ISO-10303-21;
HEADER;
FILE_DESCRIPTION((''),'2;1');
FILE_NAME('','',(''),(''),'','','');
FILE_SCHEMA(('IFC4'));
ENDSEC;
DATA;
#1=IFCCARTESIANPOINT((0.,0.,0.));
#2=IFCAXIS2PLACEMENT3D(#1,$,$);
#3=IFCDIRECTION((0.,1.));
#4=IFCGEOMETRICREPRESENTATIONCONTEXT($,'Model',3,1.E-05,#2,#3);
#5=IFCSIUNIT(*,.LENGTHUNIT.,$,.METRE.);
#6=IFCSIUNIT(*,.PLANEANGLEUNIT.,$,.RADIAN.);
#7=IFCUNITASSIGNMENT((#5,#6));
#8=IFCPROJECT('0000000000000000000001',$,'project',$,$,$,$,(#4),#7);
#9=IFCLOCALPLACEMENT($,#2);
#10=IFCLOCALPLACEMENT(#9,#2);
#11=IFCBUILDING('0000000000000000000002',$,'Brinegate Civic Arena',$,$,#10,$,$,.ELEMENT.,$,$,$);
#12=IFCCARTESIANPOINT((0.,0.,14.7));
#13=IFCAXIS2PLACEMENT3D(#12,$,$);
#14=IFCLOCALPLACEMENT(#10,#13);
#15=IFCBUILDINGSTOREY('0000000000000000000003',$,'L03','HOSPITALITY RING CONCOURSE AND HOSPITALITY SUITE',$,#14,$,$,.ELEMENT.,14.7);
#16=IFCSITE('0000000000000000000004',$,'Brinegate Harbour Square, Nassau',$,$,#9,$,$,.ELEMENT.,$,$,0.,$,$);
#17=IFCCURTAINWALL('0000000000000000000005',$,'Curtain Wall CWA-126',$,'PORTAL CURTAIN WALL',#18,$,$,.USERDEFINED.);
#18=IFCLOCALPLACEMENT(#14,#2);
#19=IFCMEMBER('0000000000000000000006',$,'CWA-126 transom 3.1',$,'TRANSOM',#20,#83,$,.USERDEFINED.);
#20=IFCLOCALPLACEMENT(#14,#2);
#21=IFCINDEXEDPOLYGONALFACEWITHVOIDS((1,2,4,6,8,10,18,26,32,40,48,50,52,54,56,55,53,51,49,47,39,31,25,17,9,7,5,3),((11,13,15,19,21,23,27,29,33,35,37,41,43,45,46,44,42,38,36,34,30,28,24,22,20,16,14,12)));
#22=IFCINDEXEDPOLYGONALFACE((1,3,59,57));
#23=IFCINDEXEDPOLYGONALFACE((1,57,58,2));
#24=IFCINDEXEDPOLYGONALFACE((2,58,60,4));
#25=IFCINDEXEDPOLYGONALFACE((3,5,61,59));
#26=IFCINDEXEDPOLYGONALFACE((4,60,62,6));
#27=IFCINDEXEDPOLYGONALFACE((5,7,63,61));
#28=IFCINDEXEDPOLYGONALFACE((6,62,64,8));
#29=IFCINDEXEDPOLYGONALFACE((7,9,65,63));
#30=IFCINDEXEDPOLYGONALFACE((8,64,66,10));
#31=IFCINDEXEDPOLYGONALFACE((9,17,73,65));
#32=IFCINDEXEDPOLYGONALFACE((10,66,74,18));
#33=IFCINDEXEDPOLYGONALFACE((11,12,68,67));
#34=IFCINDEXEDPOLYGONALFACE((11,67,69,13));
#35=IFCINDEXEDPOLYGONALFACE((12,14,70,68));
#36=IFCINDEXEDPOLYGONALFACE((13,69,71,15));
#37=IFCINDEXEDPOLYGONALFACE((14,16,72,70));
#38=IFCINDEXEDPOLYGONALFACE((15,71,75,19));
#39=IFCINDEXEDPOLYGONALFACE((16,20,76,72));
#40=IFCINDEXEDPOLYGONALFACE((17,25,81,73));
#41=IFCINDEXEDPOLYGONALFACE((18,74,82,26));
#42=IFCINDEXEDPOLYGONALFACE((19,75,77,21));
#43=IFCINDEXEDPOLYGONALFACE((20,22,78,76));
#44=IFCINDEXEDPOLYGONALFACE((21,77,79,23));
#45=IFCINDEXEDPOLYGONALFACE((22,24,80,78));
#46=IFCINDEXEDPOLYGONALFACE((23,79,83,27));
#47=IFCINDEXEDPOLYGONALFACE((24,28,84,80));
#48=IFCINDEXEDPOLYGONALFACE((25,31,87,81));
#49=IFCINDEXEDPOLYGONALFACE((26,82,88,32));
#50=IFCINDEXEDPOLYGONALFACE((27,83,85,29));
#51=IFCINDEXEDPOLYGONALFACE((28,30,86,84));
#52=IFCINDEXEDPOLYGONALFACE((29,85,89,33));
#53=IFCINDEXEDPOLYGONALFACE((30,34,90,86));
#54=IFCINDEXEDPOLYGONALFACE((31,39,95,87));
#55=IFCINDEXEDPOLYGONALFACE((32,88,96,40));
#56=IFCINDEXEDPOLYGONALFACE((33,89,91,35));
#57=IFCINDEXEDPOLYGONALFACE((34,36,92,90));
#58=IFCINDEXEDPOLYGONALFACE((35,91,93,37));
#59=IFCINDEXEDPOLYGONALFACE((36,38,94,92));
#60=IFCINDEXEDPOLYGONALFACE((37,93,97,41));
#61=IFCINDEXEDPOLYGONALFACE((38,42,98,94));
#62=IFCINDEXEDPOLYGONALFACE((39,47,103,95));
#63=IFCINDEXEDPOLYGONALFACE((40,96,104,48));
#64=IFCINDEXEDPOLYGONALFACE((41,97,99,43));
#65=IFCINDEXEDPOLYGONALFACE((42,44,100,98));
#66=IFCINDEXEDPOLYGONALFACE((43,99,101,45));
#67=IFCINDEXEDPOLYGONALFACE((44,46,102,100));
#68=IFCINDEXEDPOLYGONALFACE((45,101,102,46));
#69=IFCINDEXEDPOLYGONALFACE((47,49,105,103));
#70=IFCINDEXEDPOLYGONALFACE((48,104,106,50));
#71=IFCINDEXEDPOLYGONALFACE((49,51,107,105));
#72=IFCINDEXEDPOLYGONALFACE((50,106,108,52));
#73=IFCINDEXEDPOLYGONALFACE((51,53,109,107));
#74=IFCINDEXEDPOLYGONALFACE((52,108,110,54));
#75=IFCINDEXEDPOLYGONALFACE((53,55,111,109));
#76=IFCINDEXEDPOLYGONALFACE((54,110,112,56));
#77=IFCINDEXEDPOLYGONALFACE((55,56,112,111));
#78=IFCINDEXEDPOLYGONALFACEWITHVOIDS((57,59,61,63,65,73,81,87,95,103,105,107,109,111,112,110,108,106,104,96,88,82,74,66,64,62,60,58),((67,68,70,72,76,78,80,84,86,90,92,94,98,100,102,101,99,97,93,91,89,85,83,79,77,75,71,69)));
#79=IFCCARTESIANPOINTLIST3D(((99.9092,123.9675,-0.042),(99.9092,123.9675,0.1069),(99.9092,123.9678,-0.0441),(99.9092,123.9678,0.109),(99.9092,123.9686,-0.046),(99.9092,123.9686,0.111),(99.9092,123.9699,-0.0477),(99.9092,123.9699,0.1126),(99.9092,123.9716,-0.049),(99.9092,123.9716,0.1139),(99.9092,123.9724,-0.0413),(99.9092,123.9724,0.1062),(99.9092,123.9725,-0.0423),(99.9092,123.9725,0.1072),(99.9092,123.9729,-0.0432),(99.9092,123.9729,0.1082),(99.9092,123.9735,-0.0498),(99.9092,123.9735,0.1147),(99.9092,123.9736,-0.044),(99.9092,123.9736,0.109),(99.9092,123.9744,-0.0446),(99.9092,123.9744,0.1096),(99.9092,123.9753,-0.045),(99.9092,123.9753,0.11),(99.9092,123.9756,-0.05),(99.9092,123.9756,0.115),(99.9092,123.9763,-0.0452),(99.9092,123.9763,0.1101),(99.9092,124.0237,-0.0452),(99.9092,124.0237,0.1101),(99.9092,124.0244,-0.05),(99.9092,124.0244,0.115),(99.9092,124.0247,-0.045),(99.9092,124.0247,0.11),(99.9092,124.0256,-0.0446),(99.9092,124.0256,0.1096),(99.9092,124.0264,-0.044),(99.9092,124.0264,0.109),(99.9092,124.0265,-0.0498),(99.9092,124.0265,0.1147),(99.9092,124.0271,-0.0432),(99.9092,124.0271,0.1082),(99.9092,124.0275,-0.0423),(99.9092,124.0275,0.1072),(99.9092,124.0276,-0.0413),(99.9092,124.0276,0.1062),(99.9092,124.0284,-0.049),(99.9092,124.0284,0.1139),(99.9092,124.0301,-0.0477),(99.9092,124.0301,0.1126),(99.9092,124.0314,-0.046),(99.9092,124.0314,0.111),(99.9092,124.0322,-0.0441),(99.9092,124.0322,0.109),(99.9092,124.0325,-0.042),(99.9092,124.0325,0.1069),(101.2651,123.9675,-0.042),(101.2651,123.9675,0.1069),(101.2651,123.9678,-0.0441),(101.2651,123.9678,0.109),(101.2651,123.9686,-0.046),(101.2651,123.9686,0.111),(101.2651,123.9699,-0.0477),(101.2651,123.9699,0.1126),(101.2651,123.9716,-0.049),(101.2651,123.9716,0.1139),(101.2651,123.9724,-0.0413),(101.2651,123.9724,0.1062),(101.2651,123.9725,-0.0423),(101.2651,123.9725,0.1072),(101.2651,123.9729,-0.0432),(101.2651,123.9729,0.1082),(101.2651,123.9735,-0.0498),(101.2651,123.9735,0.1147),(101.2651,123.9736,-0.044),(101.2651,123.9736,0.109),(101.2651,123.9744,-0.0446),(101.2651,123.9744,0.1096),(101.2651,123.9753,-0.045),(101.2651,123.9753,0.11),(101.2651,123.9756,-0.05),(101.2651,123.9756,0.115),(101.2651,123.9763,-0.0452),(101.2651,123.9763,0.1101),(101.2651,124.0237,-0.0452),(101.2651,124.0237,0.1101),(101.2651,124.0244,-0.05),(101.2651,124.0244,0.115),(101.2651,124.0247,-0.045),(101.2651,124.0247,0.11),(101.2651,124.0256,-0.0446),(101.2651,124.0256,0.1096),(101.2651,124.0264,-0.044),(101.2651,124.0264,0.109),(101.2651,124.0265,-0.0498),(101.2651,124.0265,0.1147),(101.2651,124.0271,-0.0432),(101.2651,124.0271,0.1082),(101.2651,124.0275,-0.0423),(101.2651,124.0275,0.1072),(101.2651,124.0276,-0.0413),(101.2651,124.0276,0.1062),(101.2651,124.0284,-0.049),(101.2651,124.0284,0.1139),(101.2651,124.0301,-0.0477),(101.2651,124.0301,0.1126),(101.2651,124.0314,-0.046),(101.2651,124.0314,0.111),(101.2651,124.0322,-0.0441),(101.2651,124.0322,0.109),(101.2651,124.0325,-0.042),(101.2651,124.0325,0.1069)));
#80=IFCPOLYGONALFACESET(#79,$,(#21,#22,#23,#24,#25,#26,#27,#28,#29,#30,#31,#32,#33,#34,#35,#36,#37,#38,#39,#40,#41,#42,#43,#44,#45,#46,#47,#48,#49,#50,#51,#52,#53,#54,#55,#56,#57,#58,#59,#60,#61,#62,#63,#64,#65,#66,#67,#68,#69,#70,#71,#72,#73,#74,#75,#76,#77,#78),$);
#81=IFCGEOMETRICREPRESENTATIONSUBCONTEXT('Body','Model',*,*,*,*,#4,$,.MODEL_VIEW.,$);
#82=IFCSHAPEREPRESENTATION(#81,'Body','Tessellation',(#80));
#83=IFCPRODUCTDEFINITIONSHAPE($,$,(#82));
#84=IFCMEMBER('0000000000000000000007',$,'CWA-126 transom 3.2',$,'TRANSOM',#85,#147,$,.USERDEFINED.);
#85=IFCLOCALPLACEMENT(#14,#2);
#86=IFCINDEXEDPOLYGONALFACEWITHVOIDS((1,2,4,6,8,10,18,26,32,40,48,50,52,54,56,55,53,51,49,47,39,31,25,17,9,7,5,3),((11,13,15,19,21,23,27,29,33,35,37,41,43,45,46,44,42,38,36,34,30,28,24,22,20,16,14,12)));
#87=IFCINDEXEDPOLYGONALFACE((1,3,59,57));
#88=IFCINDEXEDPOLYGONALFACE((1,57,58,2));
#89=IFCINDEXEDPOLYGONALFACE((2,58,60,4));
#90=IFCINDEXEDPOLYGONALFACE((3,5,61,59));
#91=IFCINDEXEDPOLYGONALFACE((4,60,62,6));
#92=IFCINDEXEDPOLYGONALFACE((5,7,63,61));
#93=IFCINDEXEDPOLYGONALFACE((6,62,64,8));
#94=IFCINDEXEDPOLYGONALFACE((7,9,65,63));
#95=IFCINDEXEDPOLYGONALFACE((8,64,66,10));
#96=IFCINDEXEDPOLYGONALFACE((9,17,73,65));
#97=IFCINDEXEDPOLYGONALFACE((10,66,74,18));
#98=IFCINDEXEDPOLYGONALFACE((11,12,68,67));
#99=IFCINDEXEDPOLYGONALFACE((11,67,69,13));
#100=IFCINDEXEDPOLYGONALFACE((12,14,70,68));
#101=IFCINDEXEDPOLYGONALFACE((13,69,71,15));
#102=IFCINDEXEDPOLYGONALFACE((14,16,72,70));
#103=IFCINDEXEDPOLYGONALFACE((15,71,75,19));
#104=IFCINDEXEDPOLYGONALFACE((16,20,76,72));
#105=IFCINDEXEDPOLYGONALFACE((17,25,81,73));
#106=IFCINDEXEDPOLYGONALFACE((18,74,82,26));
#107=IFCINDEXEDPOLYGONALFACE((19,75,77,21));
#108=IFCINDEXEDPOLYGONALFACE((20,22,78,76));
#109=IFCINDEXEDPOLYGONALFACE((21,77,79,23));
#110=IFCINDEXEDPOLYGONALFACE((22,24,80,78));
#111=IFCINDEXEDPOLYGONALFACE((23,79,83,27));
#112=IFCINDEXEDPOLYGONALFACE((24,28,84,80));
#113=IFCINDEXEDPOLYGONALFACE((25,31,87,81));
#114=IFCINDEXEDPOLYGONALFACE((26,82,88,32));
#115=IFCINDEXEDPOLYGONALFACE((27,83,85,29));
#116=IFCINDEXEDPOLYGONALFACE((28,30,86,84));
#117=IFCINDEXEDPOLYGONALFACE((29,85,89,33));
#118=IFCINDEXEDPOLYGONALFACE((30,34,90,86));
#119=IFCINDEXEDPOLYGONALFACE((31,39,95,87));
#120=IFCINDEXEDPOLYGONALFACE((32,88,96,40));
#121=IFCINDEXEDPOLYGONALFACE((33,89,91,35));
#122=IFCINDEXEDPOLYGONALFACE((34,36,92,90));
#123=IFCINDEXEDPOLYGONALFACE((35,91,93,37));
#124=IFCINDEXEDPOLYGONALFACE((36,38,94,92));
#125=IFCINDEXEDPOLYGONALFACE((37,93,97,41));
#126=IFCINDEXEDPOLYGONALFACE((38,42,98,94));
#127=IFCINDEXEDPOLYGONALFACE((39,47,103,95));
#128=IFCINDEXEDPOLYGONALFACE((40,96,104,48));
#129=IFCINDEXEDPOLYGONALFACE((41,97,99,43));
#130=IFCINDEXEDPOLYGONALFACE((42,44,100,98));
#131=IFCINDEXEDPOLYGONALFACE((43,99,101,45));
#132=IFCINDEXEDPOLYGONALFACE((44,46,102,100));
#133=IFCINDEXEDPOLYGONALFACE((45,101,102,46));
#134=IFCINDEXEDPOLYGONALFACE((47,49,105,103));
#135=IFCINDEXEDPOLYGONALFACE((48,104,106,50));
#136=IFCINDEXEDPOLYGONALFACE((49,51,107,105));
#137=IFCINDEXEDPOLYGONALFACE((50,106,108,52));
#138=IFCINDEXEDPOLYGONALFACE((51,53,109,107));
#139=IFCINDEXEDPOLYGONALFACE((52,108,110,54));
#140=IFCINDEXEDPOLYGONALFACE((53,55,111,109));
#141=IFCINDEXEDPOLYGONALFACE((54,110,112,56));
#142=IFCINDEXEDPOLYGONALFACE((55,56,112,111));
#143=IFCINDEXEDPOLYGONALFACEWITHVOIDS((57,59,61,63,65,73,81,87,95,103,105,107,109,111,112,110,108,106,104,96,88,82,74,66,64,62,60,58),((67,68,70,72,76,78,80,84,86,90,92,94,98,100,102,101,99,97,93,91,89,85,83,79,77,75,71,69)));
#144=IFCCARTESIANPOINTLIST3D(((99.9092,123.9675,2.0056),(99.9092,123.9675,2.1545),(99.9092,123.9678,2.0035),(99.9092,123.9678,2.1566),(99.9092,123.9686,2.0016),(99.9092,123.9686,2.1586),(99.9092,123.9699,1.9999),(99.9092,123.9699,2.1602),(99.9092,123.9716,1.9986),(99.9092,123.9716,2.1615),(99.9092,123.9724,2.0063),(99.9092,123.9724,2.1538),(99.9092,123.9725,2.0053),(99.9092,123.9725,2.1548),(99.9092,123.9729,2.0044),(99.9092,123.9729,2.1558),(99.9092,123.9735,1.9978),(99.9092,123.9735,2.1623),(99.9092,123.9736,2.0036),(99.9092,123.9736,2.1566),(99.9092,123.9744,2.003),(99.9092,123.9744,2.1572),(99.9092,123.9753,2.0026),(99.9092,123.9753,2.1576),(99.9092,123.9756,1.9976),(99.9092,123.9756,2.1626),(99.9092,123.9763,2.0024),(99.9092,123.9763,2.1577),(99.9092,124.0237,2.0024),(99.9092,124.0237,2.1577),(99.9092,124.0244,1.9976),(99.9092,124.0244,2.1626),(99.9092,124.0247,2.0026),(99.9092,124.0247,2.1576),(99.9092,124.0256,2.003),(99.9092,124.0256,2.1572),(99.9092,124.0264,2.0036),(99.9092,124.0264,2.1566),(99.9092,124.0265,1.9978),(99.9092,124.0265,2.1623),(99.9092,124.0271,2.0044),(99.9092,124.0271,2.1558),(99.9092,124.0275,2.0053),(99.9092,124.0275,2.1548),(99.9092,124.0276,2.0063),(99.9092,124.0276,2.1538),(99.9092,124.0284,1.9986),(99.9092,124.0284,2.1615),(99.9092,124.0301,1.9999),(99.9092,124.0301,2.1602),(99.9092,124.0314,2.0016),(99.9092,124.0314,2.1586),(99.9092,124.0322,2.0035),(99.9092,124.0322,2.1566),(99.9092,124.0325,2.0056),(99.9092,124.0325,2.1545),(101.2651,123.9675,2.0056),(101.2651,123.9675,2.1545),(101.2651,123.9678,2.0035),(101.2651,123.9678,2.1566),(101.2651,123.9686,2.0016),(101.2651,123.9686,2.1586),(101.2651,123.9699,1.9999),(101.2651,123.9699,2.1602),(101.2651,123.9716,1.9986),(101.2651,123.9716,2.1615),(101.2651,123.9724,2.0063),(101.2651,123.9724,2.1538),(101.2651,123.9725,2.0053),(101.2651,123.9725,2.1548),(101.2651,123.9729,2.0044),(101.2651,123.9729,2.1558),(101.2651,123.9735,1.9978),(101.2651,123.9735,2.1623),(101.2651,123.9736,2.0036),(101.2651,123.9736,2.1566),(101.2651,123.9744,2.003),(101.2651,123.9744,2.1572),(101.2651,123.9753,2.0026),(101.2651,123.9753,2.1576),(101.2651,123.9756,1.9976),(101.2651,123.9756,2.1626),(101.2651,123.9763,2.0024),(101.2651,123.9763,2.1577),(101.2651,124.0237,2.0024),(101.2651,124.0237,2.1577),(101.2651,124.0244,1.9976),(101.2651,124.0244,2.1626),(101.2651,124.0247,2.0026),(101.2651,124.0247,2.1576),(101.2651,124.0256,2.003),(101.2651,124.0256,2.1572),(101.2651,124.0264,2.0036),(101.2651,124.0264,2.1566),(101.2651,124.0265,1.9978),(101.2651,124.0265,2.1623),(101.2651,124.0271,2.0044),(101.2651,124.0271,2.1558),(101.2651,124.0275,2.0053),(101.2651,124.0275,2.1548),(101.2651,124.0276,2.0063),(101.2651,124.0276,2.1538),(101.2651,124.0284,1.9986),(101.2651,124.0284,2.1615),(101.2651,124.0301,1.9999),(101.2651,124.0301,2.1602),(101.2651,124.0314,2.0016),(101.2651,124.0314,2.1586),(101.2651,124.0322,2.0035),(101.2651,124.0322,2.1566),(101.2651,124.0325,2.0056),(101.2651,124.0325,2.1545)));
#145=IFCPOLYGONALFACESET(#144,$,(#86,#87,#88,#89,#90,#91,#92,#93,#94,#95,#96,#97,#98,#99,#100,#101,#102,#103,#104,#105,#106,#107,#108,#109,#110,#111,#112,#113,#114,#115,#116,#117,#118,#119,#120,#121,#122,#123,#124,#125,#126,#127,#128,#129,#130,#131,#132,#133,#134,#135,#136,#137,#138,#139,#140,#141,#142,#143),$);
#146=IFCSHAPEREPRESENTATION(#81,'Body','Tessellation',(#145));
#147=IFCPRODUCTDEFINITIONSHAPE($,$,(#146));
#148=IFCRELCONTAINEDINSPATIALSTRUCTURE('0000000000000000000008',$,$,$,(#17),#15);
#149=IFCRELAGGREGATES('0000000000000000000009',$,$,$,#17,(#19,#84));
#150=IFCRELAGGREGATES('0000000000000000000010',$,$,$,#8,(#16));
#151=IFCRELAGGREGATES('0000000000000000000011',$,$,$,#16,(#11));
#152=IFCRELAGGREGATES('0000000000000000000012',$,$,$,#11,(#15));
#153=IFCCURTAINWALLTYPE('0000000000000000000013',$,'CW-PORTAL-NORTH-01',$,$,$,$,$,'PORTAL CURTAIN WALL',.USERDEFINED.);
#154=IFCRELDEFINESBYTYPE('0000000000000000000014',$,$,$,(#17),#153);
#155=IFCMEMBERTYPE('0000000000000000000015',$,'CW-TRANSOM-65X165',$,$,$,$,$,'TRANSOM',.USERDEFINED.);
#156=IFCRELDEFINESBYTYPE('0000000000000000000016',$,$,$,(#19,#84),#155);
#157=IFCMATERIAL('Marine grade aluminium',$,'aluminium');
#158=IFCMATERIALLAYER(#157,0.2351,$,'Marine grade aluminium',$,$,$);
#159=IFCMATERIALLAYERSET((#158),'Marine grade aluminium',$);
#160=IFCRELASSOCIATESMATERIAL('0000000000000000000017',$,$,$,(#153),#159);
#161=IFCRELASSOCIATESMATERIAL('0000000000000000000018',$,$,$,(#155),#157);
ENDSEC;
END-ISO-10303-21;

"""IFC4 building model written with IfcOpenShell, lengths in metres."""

from ifc_helpers import new_model, si_unit, direction, frame, origin, origin_2d, place, context, subcontext, project, spatial, hollow_rectangle, extrude, material, layer, layer_set, material_profile, profile_set, type_object, element, aggregate, save


model = new_model("IFC4")

# Units and contexts
model_context = context("Model", 3, precision=1e-05, world=origin(), true_north=direction((0.0, 1.0)))
body_context = subcontext(model_context, "Body", "Model", "MODEL_VIEW")
ifc_project = project(units=[si_unit("LENGTHUNIT", "METRE"), si_unit("PLANEANGLEUNIT", "RADIAN")], contexts=[model_context])

# Site, building, storey
site_placement = place(None, origin())
site = spatial("IfcSite", under=ifc_project, at=site_placement, Name="Brinegate Harbour Square, Nassau", CompositionType="ELEMENT", RefElevation=0.0)
building_placement = place(site_placement, origin())
building = spatial("IfcBuilding", under=site, at=building_placement, Name="Brinegate Civic Arena", CompositionType="ELEMENT")
storey_placement = place(building_placement, frame((0.0, 0.0, 14.7)))
storey = spatial("IfcBuildingStorey", under=building, at=storey_placement, Name="L03", Description="HOSPITALITY RING CONCOURSE AND HOSPITALITY SUITE", CompositionType="ELEMENT", Elevation=14.7)

# Curtain wall, members
ifc_material_1 = material(Name="Marine grade aluminium", Category="aluminium")
ifc_layer_1 = layer(ifc_material_1, 0.2351, Name="Marine grade aluminium")
ifc_layer_set_1 = layer_set([ifc_layer_1], Name="Marine grade aluminium")
curtain_wall_type = type_object("IfcCurtainWallType", Name="CW-PORTAL-NORTH-01", ElementType="PORTAL CURTAIN WALL", PredefinedType="USERDEFINED", material=ifc_layer_set_1)
curtain_wall_placement = place(storey_placement, origin())
curtain_wall = element("IfcCurtainWall", 1, at=curtain_wall_placement, inside=storey, type_object=curtain_wall_type, Name="Curtain Wall CWA-126", ObjectType="PORTAL CURTAIN WALL", PredefinedType="USERDEFINED")
ifc_material_profile_1 = material_profile(ifc_material_1, hollow_rectangle(XDim=0.0649, YDim=0.165, WallThickness=0.0049, InnerFilletRadius=0.0039, OuterFilletRadius=0.0081, at=origin_2d()), Name="TRN65X165")
ifc_profile_set_1 = profile_set([ifc_material_profile_1], Name="Marine grade aluminium")
member_type_1 = type_object("IfcMemberType", Name="CW-TRANSOM-65X165", ElementType="TRANSOM", PredefinedType="USERDEFINED", material=ifc_profile_set_1)
member_1_placement = place(storey_placement, frame((99.9092, 124.0, 0.0325), z_axis=(1.0, 0.0, 0.0), x_axis=(0.0, 1.0, 0.0)))
member_1 = element("IfcMember", 2, at=member_1_placement, type_object=member_type_1, Name="CWA-126 transom 3.1", ObjectType="TRANSOM", PredefinedType="USERDEFINED", context=body_context, shape_type="SweptSolid", body=[
    extrude(hollow_rectangle(XDim=0.0649, YDim=0.165, WallThickness=0.0049, InnerFilletRadius=0.0039, OuterFilletRadius=0.0081, at=origin_2d()), origin(), (0.0, 0.0, 1.0), 1.356),
])
member_2_placement = place(storey_placement, frame((99.9092, 124.0, 2.0801), z_axis=(1.0, 0.0, 0.0), x_axis=(0.0, 1.0, 0.0)))
member_2 = element("IfcMember", 3, at=member_2_placement, type_object=member_type_1, Name="CWA-126 transom 3.2", ObjectType="TRANSOM", PredefinedType="USERDEFINED", context=body_context, shape_type="SweptSolid", body=[
    extrude(hollow_rectangle(XDim=0.0649, YDim=0.165, WallThickness=0.0049, InnerFilletRadius=0.0039, OuterFilletRadius=0.0081, at=origin_2d()), origin(), (0.0, 0.0, 1.0), 1.356),
])
aggregate(curtain_wall, [member_1, member_2])

save(model, "model.ifc")
